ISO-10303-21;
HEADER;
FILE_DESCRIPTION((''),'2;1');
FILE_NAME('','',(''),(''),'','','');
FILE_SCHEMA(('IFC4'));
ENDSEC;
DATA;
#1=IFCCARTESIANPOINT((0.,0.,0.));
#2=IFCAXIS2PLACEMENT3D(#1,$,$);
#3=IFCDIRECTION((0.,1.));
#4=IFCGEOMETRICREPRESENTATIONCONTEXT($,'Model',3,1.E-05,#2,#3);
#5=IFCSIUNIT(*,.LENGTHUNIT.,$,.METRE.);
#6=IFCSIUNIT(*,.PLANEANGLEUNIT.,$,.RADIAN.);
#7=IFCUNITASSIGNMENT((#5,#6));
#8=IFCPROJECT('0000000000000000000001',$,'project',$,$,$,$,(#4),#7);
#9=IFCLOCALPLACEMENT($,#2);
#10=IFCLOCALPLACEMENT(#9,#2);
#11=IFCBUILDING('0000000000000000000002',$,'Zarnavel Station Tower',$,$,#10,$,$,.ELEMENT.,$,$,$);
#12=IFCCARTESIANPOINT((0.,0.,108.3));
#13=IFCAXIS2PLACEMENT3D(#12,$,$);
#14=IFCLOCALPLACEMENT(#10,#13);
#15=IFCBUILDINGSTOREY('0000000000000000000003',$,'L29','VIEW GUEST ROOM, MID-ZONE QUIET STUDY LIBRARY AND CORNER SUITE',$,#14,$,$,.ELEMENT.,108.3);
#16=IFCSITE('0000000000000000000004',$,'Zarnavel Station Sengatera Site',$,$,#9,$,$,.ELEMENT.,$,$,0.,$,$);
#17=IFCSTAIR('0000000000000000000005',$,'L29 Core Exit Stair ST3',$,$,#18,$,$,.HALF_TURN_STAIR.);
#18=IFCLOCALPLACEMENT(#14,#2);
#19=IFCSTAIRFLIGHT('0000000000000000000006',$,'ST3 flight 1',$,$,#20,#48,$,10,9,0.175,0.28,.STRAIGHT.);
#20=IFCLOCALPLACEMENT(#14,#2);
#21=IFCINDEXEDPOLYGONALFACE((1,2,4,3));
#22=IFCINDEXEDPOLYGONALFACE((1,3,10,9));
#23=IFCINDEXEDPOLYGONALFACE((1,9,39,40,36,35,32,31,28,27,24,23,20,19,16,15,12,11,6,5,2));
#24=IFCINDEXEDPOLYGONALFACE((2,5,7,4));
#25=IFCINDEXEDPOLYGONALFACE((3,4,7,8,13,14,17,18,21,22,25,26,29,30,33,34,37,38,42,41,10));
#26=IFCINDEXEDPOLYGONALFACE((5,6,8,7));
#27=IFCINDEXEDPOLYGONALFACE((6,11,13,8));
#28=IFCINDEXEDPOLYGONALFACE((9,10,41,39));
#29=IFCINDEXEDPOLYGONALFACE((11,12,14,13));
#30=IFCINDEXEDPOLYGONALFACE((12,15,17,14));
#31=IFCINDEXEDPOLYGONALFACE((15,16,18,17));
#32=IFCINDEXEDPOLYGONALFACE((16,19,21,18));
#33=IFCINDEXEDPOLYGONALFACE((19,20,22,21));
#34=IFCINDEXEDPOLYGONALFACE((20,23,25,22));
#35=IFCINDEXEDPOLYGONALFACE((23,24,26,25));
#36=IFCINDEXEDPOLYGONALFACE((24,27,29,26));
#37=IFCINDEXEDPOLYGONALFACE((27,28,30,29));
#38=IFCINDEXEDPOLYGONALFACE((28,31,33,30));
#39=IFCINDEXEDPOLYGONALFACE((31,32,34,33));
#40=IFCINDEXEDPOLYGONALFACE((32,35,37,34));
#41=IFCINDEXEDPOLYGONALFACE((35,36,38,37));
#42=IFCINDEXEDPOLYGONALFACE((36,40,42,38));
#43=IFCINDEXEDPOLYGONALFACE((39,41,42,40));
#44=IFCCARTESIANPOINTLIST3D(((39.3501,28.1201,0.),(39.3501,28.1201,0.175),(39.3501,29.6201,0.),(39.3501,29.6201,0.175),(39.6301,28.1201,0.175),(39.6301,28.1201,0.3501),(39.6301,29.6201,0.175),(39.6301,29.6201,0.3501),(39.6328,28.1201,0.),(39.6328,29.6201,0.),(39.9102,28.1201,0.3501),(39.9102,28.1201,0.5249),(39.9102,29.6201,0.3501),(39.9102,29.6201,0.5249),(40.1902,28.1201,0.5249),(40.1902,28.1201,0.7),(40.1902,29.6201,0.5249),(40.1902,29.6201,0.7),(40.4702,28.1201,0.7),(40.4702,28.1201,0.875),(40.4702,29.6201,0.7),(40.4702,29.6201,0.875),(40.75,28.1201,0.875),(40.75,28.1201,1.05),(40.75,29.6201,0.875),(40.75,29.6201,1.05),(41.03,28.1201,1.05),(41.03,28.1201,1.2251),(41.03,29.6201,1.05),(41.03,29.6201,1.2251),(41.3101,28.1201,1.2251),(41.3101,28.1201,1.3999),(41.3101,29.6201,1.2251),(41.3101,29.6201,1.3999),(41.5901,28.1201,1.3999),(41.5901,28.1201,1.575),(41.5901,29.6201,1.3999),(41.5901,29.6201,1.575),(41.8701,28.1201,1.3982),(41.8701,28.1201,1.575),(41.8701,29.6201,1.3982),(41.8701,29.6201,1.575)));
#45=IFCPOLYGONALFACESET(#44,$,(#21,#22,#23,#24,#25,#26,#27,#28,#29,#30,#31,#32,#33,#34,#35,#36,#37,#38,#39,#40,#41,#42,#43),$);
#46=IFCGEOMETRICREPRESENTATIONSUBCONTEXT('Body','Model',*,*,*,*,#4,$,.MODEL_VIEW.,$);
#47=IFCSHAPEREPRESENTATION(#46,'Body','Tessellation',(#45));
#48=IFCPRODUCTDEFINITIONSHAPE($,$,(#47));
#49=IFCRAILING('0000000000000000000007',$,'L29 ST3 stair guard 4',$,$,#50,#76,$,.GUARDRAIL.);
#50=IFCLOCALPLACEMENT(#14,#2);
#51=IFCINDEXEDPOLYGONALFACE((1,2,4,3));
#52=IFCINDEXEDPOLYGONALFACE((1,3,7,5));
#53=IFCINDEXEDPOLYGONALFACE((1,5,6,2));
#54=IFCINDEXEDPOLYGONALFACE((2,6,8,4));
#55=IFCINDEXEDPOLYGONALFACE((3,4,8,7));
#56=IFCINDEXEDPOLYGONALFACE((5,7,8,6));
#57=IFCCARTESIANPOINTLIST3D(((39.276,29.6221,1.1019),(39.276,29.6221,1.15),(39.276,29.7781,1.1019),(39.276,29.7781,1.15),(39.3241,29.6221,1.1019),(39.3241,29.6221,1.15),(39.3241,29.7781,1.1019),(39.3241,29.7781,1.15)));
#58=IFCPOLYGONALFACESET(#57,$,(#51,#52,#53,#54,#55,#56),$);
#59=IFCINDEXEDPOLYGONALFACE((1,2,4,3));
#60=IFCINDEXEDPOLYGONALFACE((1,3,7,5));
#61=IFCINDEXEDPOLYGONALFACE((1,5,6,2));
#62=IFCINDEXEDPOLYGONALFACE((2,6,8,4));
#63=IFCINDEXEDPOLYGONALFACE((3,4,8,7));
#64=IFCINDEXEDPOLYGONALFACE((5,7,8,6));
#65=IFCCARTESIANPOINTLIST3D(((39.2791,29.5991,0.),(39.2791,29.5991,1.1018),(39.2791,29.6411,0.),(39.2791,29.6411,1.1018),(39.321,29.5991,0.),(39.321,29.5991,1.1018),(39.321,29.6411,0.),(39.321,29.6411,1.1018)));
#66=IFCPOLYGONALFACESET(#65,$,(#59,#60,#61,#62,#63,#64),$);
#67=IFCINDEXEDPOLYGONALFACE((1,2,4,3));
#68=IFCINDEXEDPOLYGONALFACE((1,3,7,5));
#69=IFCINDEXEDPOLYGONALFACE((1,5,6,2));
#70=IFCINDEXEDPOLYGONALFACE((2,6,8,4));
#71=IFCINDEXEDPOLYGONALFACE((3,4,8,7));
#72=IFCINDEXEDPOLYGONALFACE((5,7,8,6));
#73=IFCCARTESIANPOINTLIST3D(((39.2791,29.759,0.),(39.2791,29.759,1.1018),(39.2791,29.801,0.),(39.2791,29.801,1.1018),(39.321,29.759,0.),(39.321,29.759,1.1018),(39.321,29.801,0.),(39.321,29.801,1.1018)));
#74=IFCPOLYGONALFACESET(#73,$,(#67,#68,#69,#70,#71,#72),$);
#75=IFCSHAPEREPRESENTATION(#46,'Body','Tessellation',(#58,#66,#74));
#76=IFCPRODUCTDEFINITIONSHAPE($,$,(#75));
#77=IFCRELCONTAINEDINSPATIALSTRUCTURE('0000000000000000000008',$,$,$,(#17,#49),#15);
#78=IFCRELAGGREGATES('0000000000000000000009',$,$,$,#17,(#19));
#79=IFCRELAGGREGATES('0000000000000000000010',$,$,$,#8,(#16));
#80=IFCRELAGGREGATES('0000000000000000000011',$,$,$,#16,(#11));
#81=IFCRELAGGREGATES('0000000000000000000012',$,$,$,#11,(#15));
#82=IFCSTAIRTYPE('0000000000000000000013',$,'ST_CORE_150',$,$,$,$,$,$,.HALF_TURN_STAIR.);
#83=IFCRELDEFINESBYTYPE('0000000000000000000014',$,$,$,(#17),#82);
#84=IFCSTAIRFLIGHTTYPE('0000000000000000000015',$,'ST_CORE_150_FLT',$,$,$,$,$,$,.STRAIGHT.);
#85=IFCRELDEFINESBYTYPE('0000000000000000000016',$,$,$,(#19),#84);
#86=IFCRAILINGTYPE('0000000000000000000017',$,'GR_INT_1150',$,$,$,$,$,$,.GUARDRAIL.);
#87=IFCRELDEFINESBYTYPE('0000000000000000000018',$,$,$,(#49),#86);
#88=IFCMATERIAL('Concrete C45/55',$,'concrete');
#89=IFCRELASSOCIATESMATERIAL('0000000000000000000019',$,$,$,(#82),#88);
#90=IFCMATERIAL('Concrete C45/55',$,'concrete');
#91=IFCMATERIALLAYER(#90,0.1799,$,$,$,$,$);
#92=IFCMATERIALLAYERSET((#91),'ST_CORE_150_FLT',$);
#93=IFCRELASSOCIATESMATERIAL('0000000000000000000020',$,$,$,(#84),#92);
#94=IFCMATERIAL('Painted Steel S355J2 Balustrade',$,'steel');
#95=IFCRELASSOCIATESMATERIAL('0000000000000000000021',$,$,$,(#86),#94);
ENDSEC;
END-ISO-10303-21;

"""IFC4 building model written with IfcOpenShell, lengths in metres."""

from ifc_helpers import new_model, si_unit, direction, frame, origin, origin_2d, place, context, subcontext, project, spatial, polyline, rectangle, outline, extrude, material, layer, layer_set, type_object, element, aggregate, save


model = new_model("IFC4")

# Units and contexts
model_context = context("Model", 3, precision=1e-05, world=origin(), true_north=direction((0.0, 1.0)))
body_context = subcontext(model_context, "Body", "Model", "MODEL_VIEW")
ifc_project = project(units=[si_unit("LENGTHUNIT", "METRE"), si_unit("PLANEANGLEUNIT", "RADIAN")], contexts=[model_context])

# Site, building, storey
site_placement = place(None, origin())
site = spatial("IfcSite", under=ifc_project, at=site_placement, Name="Zarnavel Station Sengatera Site", CompositionType="ELEMENT", RefElevation=0.0)
building_placement = place(site_placement, origin())
building = spatial("IfcBuilding", under=site, at=building_placement, Name="Zarnavel Station Tower", CompositionType="ELEMENT")
storey_placement = place(building_placement, frame((0.0, 0.0, 108.3)))
storey = spatial("IfcBuildingStorey", under=building, at=storey_placement, Name="L29", Description="VIEW GUEST ROOM, MID-ZONE QUIET STUDY LIBRARY AND CORNER SUITE", CompositionType="ELEMENT", Elevation=108.3)

# Stair, stair flight
ifc_material_1 = material(Name="Concrete C45/55", Category="concrete")
stair_type = type_object("IfcStairType", Name="ST_CORE_150", PredefinedType="HALF_TURN_STAIR", material=ifc_material_1)
stair_placement = place(storey_placement, origin())
stair = element("IfcStair", 1, at=stair_placement, inside=storey, type_object=stair_type, Name="L29 Core Exit Stair ST3", PredefinedType="HALF_TURN_STAIR")
ifc_material_2 = material(Name="Concrete C45/55", Category="concrete")
ifc_layer_1 = layer(ifc_material_2, 0.1799)
ifc_layer_set_1 = layer_set([ifc_layer_1], Name="ST_CORE_150_FLT")
stair_flight_type = type_object("IfcStairFlightType", Name="ST_CORE_150_FLT", PredefinedType="STRAIGHT", material=ifc_layer_set_1)
stair_flight_placement = place(storey_placement, frame((39.3501, 28.8701, 0.0), z_axis=(0.0, 0.0, 1.0), x_axis=(1.0, 0.0, 0.0)))
stair_flight = element("IfcStairFlight", 2, at=stair_flight_placement, type_object=stair_flight_type, Name="ST3 flight 1", NumberOfRisers=10, NumberOfTreads=9, PredefinedType="STRAIGHT", RiserHeight=0.175, TreadLength=0.28, context=body_context, shape_type="SweptSolid", body=[
    extrude(outline(polyline([(0.0, 0.0), (0.0, 0.175), (0.28, 0.175), (0.28, 0.3501), (0.5601, 0.3501), (0.5601, 0.5249), (0.8401, 0.5249), (0.8401, 0.7), (1.1201, 0.7), (1.1201, 0.875), (1.3999, 0.875), (1.3999, 1.05), (1.6799, 1.05), (1.6799, 1.2251), (1.96, 1.2251), (1.96, 1.3999), (2.24, 1.3999), (2.24, 1.575), (2.52, 1.575), (2.52, 1.75), (2.52, 1.3982), (0.2827, 0.0), (0.0, 0.0)])), frame((0.0, 0.75, 0.0), z_axis=(0.0, -1.0, 0.0), x_axis=(1.0, 0.0, 0.0)), (0.0, 0.0, 1.0), 1.5),
])
aggregate(stair, [stair_flight])

# Railing
ifc_material_3 = material(Name="Painted Steel S355J2 Balustrade", Category="steel")
railing_type = type_object("IfcRailingType", Name="GR_INT_1150", PredefinedType="GUARDRAIL", material=ifc_material_3)
railing_placement = place(storey_placement, frame((39.3, 29.6201, 0.0)))
element("IfcRailing", 3, at=railing_placement, inside=storey, type_object=railing_type, Name="L29 ST3 stair guard 4", PredefinedType="GUARDRAIL", context=body_context, shape_type="SweptSolid", body=[
    extrude(rectangle(XDim=0.0481, YDim=0.0481, at=origin_2d()), frame((0.0, 0.002, 1.126), z_axis=(0.0, 1.0, 0.0), x_axis=(-1.0, 0.0, 0.0)), (0.0, 0.0, 1.0), 0.156),
    extrude(rectangle(XDim=0.042, YDim=0.042, at=origin_2d()), origin(), (0.0, 0.0, 1.0), 1.1018),
    extrude(rectangle(XDim=0.042, YDim=0.042, at=origin_2d()), frame((0.0, 0.1599, 0.0)), (0.0, 0.0, 1.0), 1.1018),
])

save(model, "model.ifc")
